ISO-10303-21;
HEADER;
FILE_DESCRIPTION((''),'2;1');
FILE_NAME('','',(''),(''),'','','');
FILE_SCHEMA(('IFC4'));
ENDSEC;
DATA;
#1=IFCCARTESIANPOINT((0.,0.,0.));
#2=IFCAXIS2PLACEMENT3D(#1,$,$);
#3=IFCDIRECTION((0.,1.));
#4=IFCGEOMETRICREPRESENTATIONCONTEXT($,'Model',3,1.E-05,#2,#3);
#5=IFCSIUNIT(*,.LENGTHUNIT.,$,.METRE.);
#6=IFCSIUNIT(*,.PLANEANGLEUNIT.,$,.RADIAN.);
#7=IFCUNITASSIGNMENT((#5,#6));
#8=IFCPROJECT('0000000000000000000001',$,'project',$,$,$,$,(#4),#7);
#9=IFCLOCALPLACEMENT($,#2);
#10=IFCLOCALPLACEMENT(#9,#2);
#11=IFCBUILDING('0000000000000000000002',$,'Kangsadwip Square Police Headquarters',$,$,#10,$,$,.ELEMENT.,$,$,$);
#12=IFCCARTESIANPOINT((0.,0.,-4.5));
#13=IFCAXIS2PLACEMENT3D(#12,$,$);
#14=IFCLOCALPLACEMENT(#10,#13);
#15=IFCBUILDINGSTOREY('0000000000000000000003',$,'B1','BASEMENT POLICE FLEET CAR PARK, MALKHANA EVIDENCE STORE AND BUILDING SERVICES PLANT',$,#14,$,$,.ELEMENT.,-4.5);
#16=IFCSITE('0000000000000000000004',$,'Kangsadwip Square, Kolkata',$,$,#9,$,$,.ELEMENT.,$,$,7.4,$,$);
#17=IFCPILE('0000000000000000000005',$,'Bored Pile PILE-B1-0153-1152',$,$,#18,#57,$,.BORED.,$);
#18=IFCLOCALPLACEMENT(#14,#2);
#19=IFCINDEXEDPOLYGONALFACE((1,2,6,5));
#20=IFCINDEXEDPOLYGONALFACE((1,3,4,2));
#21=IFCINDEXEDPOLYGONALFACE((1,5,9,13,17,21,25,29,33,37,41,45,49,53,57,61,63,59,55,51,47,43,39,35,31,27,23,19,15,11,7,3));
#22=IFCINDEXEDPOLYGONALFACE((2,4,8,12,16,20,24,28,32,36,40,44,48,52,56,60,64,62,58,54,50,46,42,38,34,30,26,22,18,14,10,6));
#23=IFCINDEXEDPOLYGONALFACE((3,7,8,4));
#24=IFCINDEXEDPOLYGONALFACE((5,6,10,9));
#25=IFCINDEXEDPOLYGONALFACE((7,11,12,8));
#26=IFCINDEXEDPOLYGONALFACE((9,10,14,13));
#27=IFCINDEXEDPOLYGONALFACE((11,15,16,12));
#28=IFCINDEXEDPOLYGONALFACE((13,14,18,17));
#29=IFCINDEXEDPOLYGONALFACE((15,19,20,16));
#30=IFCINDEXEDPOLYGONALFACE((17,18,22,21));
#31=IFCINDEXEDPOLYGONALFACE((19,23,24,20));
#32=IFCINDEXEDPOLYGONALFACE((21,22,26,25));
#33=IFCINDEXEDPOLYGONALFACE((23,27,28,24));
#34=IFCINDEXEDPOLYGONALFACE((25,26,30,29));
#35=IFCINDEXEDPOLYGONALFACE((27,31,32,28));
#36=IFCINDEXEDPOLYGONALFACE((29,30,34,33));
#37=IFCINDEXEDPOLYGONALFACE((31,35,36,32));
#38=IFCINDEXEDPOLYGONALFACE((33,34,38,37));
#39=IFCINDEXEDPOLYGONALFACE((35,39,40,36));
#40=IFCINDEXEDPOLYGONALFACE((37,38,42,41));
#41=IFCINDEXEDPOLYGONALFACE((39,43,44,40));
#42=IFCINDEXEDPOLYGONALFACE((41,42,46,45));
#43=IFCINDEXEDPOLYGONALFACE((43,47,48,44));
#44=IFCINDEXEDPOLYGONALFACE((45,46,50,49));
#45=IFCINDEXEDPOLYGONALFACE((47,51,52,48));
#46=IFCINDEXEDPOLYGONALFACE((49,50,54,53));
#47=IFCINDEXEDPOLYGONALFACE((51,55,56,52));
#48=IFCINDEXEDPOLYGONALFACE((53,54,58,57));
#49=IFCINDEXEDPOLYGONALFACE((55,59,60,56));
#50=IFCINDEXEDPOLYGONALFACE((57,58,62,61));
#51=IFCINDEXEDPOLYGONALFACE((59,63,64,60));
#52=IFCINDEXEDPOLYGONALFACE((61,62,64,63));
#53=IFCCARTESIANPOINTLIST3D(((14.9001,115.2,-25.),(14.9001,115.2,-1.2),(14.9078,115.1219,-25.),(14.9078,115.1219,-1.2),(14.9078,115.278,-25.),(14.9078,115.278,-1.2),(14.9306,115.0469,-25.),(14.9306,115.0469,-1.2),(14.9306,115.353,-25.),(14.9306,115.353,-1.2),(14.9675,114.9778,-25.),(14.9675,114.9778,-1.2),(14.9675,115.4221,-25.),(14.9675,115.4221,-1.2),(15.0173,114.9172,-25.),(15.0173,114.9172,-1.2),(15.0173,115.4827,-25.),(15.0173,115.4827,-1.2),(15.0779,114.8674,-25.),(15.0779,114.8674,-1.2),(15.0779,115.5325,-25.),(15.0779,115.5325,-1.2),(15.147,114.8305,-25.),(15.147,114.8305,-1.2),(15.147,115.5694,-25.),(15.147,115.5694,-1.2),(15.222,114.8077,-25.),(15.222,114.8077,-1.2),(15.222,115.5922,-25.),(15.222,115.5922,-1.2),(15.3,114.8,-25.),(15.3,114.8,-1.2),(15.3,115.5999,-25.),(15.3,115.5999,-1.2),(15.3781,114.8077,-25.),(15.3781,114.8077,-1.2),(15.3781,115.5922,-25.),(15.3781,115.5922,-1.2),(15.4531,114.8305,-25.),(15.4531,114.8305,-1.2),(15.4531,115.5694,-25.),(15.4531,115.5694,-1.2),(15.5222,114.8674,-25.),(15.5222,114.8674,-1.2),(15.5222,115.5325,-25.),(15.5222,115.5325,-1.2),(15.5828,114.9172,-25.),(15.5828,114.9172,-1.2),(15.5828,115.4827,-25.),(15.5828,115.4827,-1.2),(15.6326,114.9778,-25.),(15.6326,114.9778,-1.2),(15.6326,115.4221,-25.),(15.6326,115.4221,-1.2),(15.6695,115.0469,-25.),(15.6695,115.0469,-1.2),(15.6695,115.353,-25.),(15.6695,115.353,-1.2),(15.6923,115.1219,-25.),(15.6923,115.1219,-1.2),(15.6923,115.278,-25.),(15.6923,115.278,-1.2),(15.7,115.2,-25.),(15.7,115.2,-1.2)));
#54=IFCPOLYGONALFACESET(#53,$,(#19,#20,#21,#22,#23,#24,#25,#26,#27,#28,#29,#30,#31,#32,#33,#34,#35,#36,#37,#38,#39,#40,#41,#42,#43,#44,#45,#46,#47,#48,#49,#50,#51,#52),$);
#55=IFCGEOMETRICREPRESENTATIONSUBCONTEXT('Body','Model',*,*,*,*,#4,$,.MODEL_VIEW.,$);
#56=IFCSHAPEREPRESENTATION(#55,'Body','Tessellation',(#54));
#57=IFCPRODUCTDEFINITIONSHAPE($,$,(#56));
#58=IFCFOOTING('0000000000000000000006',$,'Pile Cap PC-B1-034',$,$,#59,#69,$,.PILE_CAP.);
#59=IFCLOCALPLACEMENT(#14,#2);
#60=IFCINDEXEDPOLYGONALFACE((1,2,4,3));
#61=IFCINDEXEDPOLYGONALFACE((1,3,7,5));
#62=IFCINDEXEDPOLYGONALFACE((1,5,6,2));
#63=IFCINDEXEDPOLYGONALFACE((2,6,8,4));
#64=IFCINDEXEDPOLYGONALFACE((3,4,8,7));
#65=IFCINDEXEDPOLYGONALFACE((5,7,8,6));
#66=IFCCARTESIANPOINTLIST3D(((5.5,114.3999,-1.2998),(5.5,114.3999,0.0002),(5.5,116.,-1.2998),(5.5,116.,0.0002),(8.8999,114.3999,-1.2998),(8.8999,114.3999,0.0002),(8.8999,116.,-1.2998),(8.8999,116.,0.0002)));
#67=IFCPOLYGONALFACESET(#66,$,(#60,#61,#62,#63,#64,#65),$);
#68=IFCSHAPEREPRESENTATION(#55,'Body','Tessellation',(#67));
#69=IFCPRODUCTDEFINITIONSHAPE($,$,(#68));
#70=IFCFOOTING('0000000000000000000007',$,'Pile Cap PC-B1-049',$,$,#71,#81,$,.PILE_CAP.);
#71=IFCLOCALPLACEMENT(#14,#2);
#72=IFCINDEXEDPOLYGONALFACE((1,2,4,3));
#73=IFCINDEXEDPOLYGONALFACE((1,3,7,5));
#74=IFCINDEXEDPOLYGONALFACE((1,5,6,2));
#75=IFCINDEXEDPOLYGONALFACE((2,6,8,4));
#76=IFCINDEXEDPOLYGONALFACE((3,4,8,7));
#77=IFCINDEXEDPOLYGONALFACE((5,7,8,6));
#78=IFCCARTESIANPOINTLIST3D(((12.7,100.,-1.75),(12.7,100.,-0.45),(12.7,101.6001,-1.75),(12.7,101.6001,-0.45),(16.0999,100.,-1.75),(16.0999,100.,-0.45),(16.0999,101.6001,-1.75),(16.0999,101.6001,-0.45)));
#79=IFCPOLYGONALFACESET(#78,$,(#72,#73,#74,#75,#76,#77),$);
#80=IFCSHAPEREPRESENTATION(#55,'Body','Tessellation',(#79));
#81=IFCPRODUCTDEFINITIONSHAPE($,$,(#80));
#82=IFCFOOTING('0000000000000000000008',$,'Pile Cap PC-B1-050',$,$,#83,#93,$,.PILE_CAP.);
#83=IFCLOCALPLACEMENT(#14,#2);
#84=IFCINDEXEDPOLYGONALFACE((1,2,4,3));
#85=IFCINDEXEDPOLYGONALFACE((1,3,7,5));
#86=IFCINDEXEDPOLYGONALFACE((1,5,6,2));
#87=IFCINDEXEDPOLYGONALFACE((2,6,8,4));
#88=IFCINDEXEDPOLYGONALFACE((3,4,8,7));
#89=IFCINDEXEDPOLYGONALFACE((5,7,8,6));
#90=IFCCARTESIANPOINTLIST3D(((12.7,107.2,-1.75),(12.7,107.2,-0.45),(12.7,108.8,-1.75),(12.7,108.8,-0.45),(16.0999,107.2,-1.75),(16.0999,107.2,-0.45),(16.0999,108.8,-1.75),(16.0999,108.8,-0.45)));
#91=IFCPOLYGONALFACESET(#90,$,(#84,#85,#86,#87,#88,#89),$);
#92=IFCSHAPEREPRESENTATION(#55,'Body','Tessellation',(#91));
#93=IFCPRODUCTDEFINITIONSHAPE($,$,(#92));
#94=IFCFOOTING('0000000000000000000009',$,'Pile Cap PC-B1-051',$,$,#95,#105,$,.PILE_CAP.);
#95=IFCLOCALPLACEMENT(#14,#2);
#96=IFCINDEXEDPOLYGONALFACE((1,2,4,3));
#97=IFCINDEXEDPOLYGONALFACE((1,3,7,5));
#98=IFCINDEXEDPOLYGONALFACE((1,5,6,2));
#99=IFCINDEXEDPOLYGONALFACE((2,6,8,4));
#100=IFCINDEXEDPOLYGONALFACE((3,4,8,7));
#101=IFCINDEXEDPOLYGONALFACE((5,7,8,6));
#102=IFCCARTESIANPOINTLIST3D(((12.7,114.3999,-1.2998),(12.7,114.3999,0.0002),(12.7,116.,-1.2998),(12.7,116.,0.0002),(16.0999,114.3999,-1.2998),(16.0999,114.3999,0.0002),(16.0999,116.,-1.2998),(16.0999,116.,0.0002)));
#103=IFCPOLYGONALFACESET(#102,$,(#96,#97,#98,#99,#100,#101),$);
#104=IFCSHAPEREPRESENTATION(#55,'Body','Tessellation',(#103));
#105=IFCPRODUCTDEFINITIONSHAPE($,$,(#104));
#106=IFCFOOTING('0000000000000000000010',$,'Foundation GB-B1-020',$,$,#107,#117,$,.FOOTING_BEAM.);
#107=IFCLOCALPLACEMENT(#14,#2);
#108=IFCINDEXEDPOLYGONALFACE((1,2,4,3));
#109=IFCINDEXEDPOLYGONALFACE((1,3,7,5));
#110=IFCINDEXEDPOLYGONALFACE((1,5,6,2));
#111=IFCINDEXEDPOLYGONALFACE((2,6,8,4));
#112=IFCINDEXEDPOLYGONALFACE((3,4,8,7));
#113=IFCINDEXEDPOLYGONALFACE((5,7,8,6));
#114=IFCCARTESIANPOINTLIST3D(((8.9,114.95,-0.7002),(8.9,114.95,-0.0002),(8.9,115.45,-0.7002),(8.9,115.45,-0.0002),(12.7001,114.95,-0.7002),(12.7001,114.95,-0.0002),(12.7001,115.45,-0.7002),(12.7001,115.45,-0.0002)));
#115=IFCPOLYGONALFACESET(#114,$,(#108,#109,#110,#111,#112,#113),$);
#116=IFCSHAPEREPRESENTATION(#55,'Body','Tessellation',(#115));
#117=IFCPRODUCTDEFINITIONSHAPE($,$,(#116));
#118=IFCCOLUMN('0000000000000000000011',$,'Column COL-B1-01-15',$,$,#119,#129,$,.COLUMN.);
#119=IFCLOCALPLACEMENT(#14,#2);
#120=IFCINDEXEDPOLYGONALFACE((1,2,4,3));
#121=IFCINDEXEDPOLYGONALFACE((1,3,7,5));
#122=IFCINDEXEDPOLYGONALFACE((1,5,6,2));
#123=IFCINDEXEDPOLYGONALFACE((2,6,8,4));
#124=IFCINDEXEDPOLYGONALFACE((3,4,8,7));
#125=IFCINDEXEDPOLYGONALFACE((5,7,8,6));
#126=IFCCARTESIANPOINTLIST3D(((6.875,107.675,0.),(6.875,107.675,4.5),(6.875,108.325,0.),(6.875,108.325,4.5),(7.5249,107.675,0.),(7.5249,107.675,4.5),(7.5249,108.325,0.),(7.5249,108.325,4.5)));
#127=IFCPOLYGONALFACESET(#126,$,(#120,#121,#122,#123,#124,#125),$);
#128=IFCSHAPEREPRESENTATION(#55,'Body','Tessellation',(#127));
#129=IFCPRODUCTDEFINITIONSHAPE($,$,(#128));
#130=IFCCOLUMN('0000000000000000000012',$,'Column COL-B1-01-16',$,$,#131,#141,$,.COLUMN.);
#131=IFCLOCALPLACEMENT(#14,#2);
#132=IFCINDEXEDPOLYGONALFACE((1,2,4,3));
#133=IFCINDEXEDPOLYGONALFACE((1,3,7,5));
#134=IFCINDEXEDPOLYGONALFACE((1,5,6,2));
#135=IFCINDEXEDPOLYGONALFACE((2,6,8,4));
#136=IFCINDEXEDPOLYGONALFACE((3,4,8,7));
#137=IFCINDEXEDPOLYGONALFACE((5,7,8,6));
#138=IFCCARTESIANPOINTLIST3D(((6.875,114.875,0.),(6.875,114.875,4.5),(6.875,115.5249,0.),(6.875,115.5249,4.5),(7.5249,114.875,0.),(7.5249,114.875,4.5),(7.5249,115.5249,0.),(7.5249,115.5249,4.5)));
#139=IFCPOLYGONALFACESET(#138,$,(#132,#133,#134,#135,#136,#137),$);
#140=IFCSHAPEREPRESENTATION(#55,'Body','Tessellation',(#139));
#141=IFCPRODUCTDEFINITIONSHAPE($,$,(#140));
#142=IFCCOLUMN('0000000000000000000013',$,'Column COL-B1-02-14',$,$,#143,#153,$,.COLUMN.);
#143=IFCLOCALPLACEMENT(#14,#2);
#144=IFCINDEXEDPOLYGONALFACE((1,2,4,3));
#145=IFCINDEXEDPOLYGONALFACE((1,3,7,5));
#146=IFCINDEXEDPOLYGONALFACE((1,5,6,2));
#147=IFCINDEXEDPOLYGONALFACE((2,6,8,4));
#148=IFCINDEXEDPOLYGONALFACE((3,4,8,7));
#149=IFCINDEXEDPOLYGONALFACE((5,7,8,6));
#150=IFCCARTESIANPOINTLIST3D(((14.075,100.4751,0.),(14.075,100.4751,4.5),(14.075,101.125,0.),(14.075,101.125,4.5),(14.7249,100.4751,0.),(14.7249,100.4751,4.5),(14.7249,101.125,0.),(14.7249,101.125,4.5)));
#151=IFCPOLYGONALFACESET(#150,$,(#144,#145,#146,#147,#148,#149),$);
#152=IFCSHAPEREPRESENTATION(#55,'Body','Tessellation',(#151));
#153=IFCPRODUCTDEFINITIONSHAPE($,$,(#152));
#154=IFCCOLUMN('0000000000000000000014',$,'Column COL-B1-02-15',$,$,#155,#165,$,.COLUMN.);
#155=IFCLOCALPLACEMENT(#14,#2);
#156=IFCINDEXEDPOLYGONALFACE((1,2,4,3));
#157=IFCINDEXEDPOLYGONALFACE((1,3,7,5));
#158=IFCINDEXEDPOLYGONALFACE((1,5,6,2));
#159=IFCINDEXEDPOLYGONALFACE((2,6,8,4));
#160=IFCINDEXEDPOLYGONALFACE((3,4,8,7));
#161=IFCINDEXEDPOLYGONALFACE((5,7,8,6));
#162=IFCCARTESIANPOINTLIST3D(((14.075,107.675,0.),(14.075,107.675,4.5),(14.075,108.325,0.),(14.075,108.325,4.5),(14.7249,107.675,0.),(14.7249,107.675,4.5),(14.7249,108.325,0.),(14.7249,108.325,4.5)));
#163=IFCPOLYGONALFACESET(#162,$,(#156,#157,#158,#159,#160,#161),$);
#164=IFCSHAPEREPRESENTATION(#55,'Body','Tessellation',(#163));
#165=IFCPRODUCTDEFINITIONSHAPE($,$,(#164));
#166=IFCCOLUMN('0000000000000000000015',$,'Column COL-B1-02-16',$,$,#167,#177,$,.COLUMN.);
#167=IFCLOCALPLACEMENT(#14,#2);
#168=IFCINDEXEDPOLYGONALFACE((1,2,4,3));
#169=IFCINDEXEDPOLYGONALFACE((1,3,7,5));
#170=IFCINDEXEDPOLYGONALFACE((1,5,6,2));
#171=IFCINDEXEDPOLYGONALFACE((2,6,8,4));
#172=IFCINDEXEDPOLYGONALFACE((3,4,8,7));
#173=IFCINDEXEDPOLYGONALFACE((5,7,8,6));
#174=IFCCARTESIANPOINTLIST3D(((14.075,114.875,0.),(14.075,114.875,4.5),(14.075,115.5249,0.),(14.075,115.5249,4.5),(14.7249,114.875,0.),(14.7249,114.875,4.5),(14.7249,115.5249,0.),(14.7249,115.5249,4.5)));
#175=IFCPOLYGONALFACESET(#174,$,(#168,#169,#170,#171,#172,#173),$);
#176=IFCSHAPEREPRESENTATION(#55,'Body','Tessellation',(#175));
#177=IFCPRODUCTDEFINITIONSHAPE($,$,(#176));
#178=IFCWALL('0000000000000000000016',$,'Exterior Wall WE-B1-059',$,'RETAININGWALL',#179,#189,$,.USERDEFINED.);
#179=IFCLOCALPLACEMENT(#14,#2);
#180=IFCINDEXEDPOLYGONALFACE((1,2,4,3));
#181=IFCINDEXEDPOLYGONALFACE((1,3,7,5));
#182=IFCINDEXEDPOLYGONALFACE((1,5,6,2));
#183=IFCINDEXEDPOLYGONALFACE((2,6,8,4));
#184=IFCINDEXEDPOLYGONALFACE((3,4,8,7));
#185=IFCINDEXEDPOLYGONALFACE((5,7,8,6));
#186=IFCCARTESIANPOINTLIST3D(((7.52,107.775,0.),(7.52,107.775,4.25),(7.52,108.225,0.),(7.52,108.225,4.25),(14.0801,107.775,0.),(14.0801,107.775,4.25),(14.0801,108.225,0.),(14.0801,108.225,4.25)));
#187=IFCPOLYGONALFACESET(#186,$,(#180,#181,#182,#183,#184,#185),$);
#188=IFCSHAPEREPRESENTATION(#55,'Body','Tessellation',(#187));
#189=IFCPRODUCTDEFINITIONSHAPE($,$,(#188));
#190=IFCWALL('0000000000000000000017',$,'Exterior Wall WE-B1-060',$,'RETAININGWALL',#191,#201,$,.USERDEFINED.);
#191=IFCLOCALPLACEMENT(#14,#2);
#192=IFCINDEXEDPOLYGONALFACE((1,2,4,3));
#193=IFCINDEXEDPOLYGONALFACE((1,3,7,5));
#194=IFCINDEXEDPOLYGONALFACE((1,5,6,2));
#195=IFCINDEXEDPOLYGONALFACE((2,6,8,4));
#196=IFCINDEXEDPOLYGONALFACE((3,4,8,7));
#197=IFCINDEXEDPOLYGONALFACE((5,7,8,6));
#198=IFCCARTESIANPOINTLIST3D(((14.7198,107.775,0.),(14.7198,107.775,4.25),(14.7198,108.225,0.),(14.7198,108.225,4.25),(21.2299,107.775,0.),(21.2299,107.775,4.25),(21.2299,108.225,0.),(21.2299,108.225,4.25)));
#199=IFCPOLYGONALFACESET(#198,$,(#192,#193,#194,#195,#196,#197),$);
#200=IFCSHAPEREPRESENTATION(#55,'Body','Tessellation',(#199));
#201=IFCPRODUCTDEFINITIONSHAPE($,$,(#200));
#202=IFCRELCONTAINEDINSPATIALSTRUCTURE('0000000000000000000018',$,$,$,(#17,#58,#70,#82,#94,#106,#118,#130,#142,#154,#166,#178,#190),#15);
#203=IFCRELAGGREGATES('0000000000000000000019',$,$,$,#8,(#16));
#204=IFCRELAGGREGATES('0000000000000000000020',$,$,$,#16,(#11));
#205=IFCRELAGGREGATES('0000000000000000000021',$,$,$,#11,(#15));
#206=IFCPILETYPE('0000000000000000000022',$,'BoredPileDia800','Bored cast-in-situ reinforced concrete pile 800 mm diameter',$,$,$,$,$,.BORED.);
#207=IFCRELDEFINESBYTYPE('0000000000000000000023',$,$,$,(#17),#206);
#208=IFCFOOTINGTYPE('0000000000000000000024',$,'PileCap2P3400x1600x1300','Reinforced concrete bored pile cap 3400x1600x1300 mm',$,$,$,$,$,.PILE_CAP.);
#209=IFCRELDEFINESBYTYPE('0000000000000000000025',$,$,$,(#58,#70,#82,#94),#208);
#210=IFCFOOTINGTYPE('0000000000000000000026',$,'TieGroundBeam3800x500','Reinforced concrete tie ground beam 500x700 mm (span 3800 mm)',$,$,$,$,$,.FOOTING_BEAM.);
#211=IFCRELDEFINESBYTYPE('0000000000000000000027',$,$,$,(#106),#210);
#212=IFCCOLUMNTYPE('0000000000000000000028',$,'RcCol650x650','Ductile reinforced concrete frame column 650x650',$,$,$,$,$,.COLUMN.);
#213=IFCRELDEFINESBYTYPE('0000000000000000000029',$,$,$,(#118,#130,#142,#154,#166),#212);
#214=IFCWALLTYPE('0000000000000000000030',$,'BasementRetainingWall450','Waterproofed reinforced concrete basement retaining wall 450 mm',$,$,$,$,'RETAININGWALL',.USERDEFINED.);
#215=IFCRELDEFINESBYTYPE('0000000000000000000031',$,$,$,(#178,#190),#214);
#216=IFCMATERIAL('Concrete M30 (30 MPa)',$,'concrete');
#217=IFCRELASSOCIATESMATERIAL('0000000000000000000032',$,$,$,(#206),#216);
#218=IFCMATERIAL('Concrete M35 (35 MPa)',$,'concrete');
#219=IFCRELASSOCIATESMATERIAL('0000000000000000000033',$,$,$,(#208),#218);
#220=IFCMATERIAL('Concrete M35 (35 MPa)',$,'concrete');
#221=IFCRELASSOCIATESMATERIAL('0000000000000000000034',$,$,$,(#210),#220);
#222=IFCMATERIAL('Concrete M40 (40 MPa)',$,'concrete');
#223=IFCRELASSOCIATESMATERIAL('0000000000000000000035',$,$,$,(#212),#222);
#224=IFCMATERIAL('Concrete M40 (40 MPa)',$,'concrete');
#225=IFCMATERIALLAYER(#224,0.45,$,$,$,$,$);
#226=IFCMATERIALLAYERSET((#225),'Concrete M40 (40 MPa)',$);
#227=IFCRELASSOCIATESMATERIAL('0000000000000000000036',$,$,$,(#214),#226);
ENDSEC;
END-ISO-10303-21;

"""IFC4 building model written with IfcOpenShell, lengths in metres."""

from ifc_helpers import new_model, si_unit, direction, frame, frame_2d, origin, origin_2d, place, context, subcontext, project, spatial, rectangle, circle, extrude, material, layer, layer_set, material_profile, profile_set, type_object, element, save


model = new_model("IFC4")

# Units and contexts
model_context = context("Model", 3, precision=1e-05, world=origin(), true_north=direction((0.0, 1.0)))
body_context = subcontext(model_context, "Body", "Model", "MODEL_VIEW")
ifc_project = project(units=[si_unit("LENGTHUNIT", "METRE"), si_unit("PLANEANGLEUNIT", "RADIAN")], contexts=[model_context])

# Site, building, storey
site_placement = place(None, origin())
site = spatial("IfcSite", under=ifc_project, at=site_placement, Name="Kangsadwip Square, Kolkata", CompositionType="ELEMENT", RefElevation=7.4)
building_placement = place(site_placement, origin())
building = spatial("IfcBuilding", under=site, at=building_placement, Name="Kangsadwip Square Police Headquarters", CompositionType="ELEMENT")
storey_placement = place(building_placement, frame((0.0, 0.0, -4.5)))
storey = spatial("IfcBuildingStorey", under=building, at=storey_placement, Name="B1", Description="BASEMENT POLICE FLEET CAR PARK, MALKHANA EVIDENCE STORE AND BUILDING SERVICES PLANT", CompositionType="ELEMENT", Elevation=-4.5)

# Pile
ifc_material_1 = material(Name="Concrete M30 (30 MPa)", Category="concrete")
ifc_material_profile_1 = material_profile(ifc_material_1, circle(Radius=0.3999, at=origin_2d()), Name="PILE DIA 800")
ifc_profile_set_1 = profile_set([ifc_material_profile_1], Name="Concrete M30 (30 MPa)")
pile_type = type_object("IfcPileType", Name="BoredPileDia800", Description="Bored cast-in-situ reinforced concrete pile 800 mm diameter", PredefinedType="BORED", material=ifc_profile_set_1)
for number, where, z_axis, x_axis, name in (
    (1, (15.3, 115.2, -1.2), (0.0, 0.0, -1.0), (1.0, 0.0, 0.0), "Bored Pile PILE-B1-0153-1152"),
):
    element("IfcPile", number, at=place(storey_placement, frame(where, z_axis=z_axis, x_axis=x_axis)), inside=storey, type_object=pile_type, Name=name, PredefinedType="BORED", context=body_context, shape_type="SweptSolid", body=[
        extrude(circle(Radius=0.3999, at=origin_2d()), origin(), (0.0, 0.0, 1.0), 23.8),
    ])

# Footings
ifc_material_2 = material(Name="Concrete M35 (35 MPa)", Category="concrete")
footing_type_1 = type_object("IfcFootingType", Name="PileCap2P3400x1600x1300", Description="Reinforced concrete bored pile cap 3400x1600x1300 mm", PredefinedType="PILE_CAP", material=ifc_material_2)
for number, where, z_axis, x_axis, name in (
    (2, (7.2, 115.2, -1.2998), (0.0, 0.0, 1.0), (1.0, 0.0, 0.0), "Pile Cap PC-B1-034"),
    (3, (14.3999, 100.8, -1.75), (0.0, 0.0, 1.0), (1.0, 0.0, 0.0), "Pile Cap PC-B1-049"),
    (4, (14.3999, 108.0, -1.75), (0.0, 0.0, 1.0), (1.0, 0.0, 0.0), "Pile Cap PC-B1-050"),
    (5, (14.3999, 115.2, -1.2998), (0.0, 0.0, 1.0), (1.0, 0.0, 0.0), "Pile Cap PC-B1-051"),
):
    element("IfcFooting", number, at=place(storey_placement, frame(where, z_axis=z_axis, x_axis=x_axis)), inside=storey, type_object=footing_type_1, Name=name, PredefinedType="PILE_CAP", context=body_context, shape_type="SweptSolid", body=[
        extrude(rectangle(XDim=3.3999, YDim=1.6001, at=origin_2d()), origin(), (0.0, 0.0, 1.0), 1.3),
    ])
ifc_material_3 = material(Name="Concrete M35 (35 MPa)", Category="concrete")
footing_type_2 = type_object("IfcFootingType", Name="TieGroundBeam3800x500", Description="Reinforced concrete tie ground beam 500x700 mm (span 3800 mm)", PredefinedType="FOOTING_BEAM", material=ifc_material_3)
footing_placement = place(storey_placement, frame((10.8, 115.2, -0.7002), z_axis=(0.0, 0.0, 1.0), x_axis=(1.0, 0.0, 0.0)))
element("IfcFooting", 6, at=footing_placement, inside=storey, type_object=footing_type_2, Name="Foundation GB-B1-020", PredefinedType="FOOTING_BEAM", context=body_context, shape_type="SweptSolid", body=[
    extrude(rectangle(XDim=3.8, YDim=0.5, at=origin_2d()), origin(), (0.0, 0.0, 1.0), 0.7),
])

# Columns
ifc_material_4 = material(Name="Concrete M40 (40 MPa)", Category="concrete")
ifc_material_profile_2 = material_profile(ifc_material_4, rectangle(XDim=0.6499, YDim=0.6499, at=origin_2d()), Name="RC COL 650X650")
ifc_profile_set_2 = profile_set([ifc_material_profile_2], Name="Concrete M40 (40 MPa)")
column_type = type_object("IfcColumnType", Name="RcCol650x650", Description="Ductile reinforced concrete frame column 650x650", PredefinedType="COLUMN", material=ifc_profile_set_2)
for number, where, z_axis, x_axis, name in (
    (7, (7.2, 108.0, 0.0), (0.0, 0.0, 1.0), (1.0, 0.0, 0.0), "Column COL-B1-01-15"),
    (8, (7.2, 115.2, 0.0), (0.0, 0.0, 1.0), (1.0, 0.0, 0.0), "Column COL-B1-01-16"),
    (9, (14.3999, 100.8, 0.0), (0.0, 0.0, 1.0), (1.0, 0.0, 0.0), "Column COL-B1-02-14"),
    (10, (14.3999, 108.0, 0.0), (0.0, 0.0, 1.0), (1.0, 0.0, 0.0), "Column COL-B1-02-15"),
    (11, (14.3999, 115.2, 0.0), (0.0, 0.0, 1.0), (1.0, 0.0, 0.0), "Column COL-B1-02-16"),
):
    element("IfcColumn", number, at=place(storey_placement, frame(where, z_axis=z_axis, x_axis=x_axis)), inside=storey, type_object=column_type, Name=name, PredefinedType="COLUMN", context=body_context, shape_type="SweptSolid", body=[
        extrude(rectangle(XDim=0.6499, YDim=0.6499, at=origin_2d()), origin(), (0.0, 0.0, 1.0), 4.5),
    ])

# Walls
ifc_material_5 = material(Name="Concrete M40 (40 MPa)", Category="concrete")
ifc_layer_1 = layer(ifc_material_5, 0.45)
ifc_layer_set_1 = layer_set([ifc_layer_1], Name="Concrete M40 (40 MPa)")
wall_type_1 = type_object("IfcWallType", Name="BasementRetainingWall450", Description="Waterproofed reinforced concrete basement retaining wall 450 mm", ElementType="RETAININGWALL", PredefinedType="USERDEFINED", material=ifc_layer_set_1)
wall_1_placement = place(storey_placement, frame((7.52, 108.0, 0.0), z_axis=(0.0, 0.0, 1.0), x_axis=(1.0, 0.0, 0.0)))
element("IfcWall", 12, at=wall_1_placement, inside=storey, type_object=wall_type_1, Name="Exterior Wall WE-B1-059", ObjectType="RETAININGWALL", PredefinedType="USERDEFINED", context=body_context, shape_type="SweptSolid", body=[
    extrude(rectangle(XDim=6.5601, YDim=0.45, at=frame_2d((3.28, 0.0))), origin(), (0.0, 0.0, 1.0), 4.25),
])
wall_2_placement = place(storey_placement, frame((14.72, 108.0, 0.0), z_axis=(0.0, 0.0, 1.0), x_axis=(1.0, 0.0, 0.0)))
element("IfcWall", 13, at=wall_2_placement, inside=storey, type_object=wall_type_1, Name="Exterior Wall WE-B1-060", ObjectType="RETAININGWALL", PredefinedType="USERDEFINED", context=body_context, shape_type="SweptSolid", body=[
    extrude(rectangle(XDim=6.51, YDim=0.45, at=frame_2d((3.2549, 0.0))), origin(), (0.0, 0.0, 1.0), 4.25),
])

save(model, "model.ifc")
